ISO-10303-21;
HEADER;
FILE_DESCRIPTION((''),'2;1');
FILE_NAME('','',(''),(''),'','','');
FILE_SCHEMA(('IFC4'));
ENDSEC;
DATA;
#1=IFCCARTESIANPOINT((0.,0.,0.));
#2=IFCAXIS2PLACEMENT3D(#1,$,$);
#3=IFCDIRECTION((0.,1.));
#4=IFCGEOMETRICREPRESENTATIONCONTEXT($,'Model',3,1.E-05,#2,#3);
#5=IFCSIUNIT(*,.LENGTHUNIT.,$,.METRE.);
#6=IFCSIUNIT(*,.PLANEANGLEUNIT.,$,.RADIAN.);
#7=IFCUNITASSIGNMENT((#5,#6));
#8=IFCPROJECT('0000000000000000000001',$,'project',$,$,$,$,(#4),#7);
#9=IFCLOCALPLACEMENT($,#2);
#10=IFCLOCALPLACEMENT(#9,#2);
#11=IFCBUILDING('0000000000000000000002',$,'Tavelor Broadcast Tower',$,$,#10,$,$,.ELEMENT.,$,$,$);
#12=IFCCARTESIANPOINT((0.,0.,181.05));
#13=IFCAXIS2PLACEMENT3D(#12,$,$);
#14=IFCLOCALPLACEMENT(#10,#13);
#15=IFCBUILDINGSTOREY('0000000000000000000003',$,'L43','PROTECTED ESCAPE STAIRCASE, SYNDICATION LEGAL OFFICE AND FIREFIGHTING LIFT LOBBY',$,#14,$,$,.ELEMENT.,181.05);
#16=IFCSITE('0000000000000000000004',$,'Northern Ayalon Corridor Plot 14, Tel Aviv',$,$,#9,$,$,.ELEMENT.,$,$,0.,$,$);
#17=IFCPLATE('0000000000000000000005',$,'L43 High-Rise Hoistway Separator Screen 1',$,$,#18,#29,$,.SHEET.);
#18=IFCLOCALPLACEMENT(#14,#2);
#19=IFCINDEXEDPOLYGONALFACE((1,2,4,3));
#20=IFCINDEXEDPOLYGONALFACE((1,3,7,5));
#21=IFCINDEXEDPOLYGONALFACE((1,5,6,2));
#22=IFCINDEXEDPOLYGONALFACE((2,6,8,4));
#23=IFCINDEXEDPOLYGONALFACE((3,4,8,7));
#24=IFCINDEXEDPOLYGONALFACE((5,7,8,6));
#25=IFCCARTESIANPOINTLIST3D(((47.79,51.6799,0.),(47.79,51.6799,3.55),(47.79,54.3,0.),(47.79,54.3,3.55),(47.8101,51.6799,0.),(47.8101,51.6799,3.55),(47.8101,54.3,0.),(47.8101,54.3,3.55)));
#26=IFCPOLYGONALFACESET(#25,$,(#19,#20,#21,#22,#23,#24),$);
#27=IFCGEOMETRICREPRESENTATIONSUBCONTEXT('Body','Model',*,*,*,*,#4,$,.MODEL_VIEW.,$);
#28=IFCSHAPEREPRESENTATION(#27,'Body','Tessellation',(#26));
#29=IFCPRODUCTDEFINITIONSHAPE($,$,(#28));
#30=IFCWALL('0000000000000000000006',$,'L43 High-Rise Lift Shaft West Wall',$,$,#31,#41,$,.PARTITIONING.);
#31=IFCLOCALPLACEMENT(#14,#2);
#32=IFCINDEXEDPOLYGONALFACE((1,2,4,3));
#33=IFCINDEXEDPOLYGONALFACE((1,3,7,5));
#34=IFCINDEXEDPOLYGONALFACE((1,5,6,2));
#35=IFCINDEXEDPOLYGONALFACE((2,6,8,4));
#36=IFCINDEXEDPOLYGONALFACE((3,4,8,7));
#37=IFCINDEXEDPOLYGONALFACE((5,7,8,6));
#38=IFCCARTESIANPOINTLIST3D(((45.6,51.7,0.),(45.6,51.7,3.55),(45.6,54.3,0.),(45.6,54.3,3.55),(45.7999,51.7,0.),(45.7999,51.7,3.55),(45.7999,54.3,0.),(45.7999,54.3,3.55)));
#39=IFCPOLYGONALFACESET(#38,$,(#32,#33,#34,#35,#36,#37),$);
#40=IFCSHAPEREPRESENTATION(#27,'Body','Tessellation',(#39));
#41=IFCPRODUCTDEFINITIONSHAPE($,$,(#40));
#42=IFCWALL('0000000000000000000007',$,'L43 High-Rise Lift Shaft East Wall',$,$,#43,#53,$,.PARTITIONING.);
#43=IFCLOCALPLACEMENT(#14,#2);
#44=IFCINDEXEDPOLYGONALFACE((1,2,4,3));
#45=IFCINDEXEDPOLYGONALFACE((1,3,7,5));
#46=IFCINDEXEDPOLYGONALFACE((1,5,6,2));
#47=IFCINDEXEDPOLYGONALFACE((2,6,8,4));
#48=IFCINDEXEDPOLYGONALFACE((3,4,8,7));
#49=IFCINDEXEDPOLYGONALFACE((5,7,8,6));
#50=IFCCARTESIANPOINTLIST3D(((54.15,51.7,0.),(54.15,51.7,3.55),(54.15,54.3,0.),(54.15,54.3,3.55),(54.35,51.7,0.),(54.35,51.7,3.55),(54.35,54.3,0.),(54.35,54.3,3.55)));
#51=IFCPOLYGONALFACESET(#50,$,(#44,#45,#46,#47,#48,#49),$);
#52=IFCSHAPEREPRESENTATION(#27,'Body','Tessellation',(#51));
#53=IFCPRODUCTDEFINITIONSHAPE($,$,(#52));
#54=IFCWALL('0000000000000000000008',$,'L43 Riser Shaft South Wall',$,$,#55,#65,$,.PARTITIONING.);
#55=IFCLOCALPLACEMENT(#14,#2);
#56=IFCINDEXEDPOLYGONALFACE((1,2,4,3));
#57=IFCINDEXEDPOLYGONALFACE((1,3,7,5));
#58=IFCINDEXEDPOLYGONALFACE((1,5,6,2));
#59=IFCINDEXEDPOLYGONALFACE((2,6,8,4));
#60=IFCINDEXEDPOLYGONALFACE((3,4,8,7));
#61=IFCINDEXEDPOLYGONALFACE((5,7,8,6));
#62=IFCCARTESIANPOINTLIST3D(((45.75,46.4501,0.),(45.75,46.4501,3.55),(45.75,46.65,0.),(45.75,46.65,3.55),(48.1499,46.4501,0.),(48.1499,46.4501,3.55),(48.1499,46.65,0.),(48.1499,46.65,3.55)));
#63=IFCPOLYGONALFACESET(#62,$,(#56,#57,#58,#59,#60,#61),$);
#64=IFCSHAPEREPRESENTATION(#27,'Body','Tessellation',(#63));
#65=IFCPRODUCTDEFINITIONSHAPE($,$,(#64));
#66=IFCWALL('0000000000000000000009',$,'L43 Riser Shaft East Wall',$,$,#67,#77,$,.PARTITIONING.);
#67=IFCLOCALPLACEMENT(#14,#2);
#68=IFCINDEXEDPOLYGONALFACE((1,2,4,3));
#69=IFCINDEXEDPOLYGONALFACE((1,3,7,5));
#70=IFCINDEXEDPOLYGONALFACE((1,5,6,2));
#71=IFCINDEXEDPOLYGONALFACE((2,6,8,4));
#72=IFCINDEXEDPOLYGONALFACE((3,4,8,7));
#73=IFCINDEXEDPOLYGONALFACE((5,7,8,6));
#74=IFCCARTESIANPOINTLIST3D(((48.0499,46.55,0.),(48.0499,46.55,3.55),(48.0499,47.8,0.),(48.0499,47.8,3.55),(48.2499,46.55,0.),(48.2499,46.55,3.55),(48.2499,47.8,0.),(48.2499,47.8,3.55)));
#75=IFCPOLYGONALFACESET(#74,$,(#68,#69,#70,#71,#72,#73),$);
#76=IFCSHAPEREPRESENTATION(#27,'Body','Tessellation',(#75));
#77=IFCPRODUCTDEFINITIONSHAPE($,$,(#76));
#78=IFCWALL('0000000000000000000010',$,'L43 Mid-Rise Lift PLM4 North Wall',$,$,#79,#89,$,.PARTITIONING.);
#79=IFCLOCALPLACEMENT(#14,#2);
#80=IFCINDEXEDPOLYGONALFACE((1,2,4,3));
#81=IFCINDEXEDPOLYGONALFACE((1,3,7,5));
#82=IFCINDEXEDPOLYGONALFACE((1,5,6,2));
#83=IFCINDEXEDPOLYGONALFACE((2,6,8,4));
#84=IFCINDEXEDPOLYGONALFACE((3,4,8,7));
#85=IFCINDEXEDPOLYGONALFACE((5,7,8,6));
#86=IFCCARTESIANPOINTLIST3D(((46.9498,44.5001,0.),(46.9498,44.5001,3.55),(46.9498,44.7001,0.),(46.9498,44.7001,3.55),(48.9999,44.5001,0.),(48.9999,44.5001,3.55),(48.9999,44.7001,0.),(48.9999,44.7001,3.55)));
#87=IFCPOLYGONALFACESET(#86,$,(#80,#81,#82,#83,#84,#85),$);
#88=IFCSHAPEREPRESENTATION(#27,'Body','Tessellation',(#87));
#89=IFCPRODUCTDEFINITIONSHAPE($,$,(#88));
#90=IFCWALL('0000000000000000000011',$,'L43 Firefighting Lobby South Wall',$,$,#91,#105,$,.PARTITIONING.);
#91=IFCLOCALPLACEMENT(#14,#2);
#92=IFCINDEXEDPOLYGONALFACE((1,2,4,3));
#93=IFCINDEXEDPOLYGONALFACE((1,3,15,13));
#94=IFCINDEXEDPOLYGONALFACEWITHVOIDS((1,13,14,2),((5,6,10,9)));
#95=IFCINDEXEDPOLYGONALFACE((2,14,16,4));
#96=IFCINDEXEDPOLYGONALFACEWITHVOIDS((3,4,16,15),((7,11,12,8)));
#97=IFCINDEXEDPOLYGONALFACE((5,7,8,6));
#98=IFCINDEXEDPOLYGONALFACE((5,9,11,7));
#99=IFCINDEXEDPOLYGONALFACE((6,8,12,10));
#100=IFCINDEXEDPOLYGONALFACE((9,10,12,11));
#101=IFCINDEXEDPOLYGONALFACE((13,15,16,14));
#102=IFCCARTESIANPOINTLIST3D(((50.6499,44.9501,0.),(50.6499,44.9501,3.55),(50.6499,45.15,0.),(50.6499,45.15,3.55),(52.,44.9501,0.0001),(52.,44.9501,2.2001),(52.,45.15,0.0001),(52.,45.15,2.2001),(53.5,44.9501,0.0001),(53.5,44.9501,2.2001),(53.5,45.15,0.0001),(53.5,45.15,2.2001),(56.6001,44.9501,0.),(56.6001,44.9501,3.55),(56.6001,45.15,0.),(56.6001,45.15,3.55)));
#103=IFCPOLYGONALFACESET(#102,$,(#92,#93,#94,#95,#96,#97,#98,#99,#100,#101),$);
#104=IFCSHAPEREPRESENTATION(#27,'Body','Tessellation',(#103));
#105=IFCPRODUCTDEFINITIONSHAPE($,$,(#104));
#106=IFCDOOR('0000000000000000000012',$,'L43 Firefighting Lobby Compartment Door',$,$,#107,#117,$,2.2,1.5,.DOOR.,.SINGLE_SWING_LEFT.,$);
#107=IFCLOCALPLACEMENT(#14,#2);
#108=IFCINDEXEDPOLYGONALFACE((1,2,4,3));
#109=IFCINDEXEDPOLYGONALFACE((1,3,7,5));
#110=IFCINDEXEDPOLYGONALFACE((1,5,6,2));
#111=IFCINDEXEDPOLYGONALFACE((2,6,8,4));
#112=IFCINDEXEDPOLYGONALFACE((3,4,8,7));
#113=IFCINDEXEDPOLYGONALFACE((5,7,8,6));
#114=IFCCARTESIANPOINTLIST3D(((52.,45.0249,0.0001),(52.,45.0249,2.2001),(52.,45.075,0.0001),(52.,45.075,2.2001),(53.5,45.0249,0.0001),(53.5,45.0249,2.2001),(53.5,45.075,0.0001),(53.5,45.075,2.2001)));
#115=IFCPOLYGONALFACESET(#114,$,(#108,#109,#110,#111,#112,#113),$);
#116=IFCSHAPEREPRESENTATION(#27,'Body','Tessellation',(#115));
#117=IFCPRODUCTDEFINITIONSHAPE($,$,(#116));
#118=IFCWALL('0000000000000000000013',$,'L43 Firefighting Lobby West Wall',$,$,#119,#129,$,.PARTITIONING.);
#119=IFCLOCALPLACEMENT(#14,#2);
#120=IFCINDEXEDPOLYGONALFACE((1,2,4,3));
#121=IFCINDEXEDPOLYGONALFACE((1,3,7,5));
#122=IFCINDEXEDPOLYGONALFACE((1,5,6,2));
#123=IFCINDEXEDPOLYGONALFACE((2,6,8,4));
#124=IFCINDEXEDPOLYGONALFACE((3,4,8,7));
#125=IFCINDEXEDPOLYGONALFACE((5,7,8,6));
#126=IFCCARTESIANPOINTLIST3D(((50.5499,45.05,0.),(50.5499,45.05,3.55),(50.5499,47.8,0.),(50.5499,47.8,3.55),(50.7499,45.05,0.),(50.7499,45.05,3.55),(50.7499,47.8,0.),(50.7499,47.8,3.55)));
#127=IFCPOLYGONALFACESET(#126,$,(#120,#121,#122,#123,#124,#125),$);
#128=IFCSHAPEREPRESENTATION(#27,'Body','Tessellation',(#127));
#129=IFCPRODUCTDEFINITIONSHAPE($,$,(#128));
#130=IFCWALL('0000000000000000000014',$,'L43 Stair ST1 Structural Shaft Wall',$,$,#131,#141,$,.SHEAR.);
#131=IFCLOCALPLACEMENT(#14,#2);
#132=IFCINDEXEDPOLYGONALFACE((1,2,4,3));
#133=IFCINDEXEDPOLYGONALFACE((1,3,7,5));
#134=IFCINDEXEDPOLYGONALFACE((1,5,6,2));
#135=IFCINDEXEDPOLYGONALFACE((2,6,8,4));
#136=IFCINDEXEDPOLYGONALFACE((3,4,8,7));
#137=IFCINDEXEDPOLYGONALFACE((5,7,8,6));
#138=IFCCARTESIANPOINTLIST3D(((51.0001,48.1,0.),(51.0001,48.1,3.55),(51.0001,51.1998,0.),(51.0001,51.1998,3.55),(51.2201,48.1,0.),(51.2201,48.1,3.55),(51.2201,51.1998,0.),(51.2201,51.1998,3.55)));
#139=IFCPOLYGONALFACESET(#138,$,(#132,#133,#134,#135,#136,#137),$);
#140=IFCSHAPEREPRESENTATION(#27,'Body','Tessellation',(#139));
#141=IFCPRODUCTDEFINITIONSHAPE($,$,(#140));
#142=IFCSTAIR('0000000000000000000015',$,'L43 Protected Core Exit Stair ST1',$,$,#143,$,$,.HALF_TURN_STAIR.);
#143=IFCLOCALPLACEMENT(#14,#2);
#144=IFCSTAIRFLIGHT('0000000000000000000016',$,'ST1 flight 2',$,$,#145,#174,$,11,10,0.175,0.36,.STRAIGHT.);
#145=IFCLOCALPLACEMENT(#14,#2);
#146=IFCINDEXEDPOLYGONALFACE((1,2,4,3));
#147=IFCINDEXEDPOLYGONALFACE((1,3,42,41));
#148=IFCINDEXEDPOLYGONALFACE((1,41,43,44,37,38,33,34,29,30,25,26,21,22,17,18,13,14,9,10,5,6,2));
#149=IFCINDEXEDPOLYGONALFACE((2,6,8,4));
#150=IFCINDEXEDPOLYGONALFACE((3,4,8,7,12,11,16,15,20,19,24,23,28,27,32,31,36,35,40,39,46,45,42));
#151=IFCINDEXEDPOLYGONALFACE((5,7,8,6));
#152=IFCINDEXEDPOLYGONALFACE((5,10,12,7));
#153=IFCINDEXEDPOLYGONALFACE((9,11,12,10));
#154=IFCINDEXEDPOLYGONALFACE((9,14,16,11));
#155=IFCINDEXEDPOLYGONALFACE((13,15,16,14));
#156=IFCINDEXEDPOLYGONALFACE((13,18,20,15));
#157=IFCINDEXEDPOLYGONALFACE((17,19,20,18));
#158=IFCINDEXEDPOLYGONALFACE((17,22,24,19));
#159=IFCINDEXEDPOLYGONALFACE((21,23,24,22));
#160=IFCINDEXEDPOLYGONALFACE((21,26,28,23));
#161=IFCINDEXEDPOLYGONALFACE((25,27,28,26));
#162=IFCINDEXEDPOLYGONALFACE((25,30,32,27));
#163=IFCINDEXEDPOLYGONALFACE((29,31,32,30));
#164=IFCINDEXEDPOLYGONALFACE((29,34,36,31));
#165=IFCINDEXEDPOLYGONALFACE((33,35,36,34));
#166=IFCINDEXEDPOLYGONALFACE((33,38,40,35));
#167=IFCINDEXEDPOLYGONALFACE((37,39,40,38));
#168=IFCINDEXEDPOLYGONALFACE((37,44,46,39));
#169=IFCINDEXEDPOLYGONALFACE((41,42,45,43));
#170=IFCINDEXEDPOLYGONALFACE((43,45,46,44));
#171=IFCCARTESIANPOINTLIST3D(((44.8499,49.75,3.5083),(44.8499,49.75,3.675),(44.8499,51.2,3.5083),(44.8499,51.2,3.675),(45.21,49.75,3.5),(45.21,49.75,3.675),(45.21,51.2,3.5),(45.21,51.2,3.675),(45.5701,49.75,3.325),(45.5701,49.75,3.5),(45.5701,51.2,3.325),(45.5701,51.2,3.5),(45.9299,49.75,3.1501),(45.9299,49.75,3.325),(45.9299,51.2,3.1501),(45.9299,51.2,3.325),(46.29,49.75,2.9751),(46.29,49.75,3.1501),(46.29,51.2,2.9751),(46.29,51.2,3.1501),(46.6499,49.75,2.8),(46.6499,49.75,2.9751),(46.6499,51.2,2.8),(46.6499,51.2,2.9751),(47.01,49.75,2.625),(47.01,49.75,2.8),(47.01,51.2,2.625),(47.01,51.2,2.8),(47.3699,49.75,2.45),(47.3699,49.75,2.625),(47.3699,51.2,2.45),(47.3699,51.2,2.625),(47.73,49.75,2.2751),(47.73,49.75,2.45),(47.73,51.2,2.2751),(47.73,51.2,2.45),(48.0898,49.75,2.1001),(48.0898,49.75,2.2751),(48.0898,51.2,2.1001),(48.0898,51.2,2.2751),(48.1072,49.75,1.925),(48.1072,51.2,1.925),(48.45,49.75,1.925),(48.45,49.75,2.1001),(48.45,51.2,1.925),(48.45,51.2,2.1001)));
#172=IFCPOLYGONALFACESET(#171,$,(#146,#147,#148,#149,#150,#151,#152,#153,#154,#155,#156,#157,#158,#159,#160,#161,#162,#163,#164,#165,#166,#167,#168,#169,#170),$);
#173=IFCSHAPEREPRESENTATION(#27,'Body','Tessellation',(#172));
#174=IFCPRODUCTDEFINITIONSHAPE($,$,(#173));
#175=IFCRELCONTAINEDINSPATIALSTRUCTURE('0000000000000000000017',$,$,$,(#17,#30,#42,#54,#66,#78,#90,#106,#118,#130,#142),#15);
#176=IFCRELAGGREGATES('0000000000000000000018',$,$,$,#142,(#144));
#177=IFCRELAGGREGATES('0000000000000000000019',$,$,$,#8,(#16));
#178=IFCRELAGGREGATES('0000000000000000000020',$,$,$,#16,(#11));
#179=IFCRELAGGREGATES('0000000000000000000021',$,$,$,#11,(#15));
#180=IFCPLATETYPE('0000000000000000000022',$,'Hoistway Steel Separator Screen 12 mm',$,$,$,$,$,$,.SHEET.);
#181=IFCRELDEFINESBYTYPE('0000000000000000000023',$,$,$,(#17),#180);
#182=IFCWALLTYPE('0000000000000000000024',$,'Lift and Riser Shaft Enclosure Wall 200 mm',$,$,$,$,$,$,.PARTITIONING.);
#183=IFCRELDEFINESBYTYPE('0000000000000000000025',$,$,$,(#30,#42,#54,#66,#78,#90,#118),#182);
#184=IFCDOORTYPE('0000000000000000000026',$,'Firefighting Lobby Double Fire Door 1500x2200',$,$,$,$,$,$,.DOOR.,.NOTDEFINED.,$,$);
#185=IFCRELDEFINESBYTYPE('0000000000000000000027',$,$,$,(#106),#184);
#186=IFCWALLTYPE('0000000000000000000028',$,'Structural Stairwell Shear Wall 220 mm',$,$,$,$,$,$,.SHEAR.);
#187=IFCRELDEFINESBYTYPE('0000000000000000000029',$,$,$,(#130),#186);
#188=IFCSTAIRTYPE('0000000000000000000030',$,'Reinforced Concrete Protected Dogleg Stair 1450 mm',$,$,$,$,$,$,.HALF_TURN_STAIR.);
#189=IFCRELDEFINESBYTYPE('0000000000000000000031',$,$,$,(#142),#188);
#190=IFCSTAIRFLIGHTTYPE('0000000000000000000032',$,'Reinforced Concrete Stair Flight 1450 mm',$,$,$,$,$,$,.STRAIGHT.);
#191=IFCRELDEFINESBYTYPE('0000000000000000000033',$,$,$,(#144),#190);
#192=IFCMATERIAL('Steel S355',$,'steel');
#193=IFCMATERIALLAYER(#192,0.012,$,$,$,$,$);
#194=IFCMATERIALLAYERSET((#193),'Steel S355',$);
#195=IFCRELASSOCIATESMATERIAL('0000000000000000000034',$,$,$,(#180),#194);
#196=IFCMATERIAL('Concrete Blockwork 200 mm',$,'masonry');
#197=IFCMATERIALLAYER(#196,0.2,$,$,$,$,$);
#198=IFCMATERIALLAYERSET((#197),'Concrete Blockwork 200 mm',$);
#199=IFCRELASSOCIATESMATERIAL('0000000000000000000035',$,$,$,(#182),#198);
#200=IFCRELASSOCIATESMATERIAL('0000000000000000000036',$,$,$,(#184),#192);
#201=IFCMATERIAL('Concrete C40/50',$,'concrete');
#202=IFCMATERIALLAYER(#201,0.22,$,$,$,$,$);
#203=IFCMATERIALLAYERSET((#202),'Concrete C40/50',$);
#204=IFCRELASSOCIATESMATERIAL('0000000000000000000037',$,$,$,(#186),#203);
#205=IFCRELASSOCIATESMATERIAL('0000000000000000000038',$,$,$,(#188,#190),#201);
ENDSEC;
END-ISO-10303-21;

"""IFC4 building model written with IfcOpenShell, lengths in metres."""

from ifc_helpers import new_model, si_unit, direction, frame, frame_2d, origin, origin_2d, place, context, subcontext, project, spatial, polyline, rectangle, outline, extrude, source, transform, mapped, material, layer, layer_set, type_object, type_shapes, element, fill, aggregate, save


model = new_model("IFC4")

# Units and contexts
model_context = context("Model", 3, precision=1e-05, world=origin(), true_north=direction((0.0, 1.0)))
body_context = subcontext(model_context, "Body", "Model", "MODEL_VIEW")
ifc_project = project(units=[si_unit("LENGTHUNIT", "METRE"), si_unit("PLANEANGLEUNIT", "RADIAN")], contexts=[model_context])

# Site, building, storey
site_placement = place(None, origin())
site = spatial("IfcSite", under=ifc_project, at=site_placement, Name="Northern Ayalon Corridor Plot 14, Tel Aviv", CompositionType="ELEMENT", RefElevation=0.0)
building_placement = place(site_placement, origin())
building = spatial("IfcBuilding", under=site, at=building_placement, Name="Tavelor Broadcast Tower", CompositionType="ELEMENT")
storey_placement = place(building_placement, frame((0.0, 0.0, 181.05)))
storey = spatial("IfcBuildingStorey", under=building, at=storey_placement, Name="L43", Description="PROTECTED ESCAPE STAIRCASE, SYNDICATION LEGAL OFFICE AND FIREFIGHTING LIFT LOBBY", CompositionType="ELEMENT", Elevation=181.05)

# Shared definitions
ifc_material_1 = material(Name="Concrete C40/50", Category="concrete")
ifc_material_2 = material(Name="Steel S355", Category="steel")

# Plate
ifc_layer_1 = layer(ifc_material_2, 0.012)
ifc_layer_set_1 = layer_set([ifc_layer_1], Name="Steel S355")
plate_type = type_object("IfcPlateType", Name="Hoistway Steel Separator Screen 12 mm", PredefinedType="SHEET", material=ifc_layer_set_1)
shared_shape = source(origin(), body_context, "Body", "SweptSolid", [
    extrude(rectangle(XDim=0.02, YDim=2.6201, at=origin_2d()), origin(), (0.0, 0.0, 1.0), 3.55),
])
type_shapes(plate_type, [shared_shape])
plate_placement = place(storey_placement, frame((47.8, 52.99, 0.0), z_axis=(0.0, 0.0, 1.0), x_axis=(1.0, 0.0, 0.0)))
element("IfcPlate", 1, at=plate_placement, inside=storey, type_object=plate_type, Name="L43 High-Rise Hoistway Separator Screen 1", PredefinedType="SHEET", context=body_context, shape_type="MappedRepresentation", body=[
    mapped(shared_shape, transform((0.0, 0.0, 0.0), scale=1.0)),
])

# Walls
ifc_material_3 = material(Name="Concrete Blockwork 200 mm", Category="masonry")
ifc_layer_2 = layer(ifc_material_3, 0.2)
ifc_layer_set_2 = layer_set([ifc_layer_2], Name="Concrete Blockwork 200 mm")
wall_type_1 = type_object("IfcWallType", Name="Lift and Riser Shaft Enclosure Wall 200 mm", PredefinedType="PARTITIONING", material=ifc_layer_set_2)
for number, where, z_axis, x_axis, name in (
    (2, (45.7, 51.7, 0.0), (0.0, 0.0, 1.0), (0.0, 1.0, 0.0), "L43 High-Rise Lift Shaft West Wall"),
    (3, (54.25, 51.7, 0.0), (0.0, 0.0, 1.0), (0.0, 1.0, 0.0), "L43 High-Rise Lift Shaft East Wall"),
):
    element("IfcWall", number, at=place(storey_placement, frame(where, z_axis=z_axis, x_axis=x_axis)), inside=storey, type_object=wall_type_1, Name=name, PredefinedType="PARTITIONING", context=body_context, shape_type="SweptSolid", body=[
        extrude(rectangle(XDim=2.6001, YDim=0.2, at=frame_2d((1.3, 0.0))), origin(), (0.0, 0.0, 1.0), 3.55),
    ])
wall_1_placement = place(storey_placement, frame((45.75, 46.55, 0.0), z_axis=(0.0, 0.0, 1.0), x_axis=(1.0, 0.0, 0.0)))
element("IfcWall", 4, at=wall_1_placement, inside=storey, type_object=wall_type_1, Name="L43 Riser Shaft South Wall", PredefinedType="PARTITIONING", context=body_context, shape_type="SweptSolid", body=[
    extrude(rectangle(XDim=2.3999, YDim=0.2, at=frame_2d((1.2, 0.0))), origin(), (0.0, 0.0, 1.0), 3.55),
])
wall_2_placement = place(storey_placement, frame((48.1499, 46.55, 0.0), z_axis=(0.0, 0.0, 1.0), x_axis=(0.0, 1.0, 0.0)))
element("IfcWall", 5, at=wall_2_placement, inside=storey, type_object=wall_type_1, Name="L43 Riser Shaft East Wall", PredefinedType="PARTITIONING", context=body_context, shape_type="SweptSolid", body=[
    extrude(rectangle(XDim=1.25, YDim=0.2, at=frame_2d((0.625, 0.0))), origin(), (0.0, 0.0, 1.0), 3.55),
])
wall_3_placement = place(storey_placement, frame((46.95, 44.6001, 0.0), z_axis=(0.0, 0.0, 1.0), x_axis=(1.0, 0.0, 0.0)))
element("IfcWall", 6, at=wall_3_placement, inside=storey, type_object=wall_type_1, Name="L43 Mid-Rise Lift PLM4 North Wall", PredefinedType="PARTITIONING", context=body_context, shape_type="SweptSolid", body=[
    extrude(rectangle(XDim=2.05, YDim=0.2, at=frame_2d((1.0249, 0.0))), origin(), (0.0, 0.0, 1.0), 3.55),
])

# Wall, opening, door
wall_4_placement = place(storey_placement, frame((50.6499, 45.05, 0.0), z_axis=(0.0, 0.0, 1.0), x_axis=(1.0, 0.0, 0.0)))
wall_4 = element("IfcWall", 7, at=wall_4_placement, inside=storey, type_object=wall_type_1, Name="L43 Firefighting Lobby South Wall", PredefinedType="PARTITIONING", context=body_context, shape_type="SweptSolid", body=[
    extrude(rectangle(XDim=5.9502, YDim=0.2, at=frame_2d((2.9751, 0.0))), origin(), (0.0, 0.0, 1.0), 3.55),
])
opening_placement = place(wall_4_placement, frame((1.3501, 0.0, 0.0)))
opening = element("IfcOpeningElement", 8, at=opening_placement, cuts=wall_4, PredefinedType="OPENING", context=body_context, shape_type="SweptSolid", body=[
    extrude(rectangle(XDim=1.5, YDim=2.2, at=frame_2d((0.75, 1.1001))), frame((0.0, 0.1099, 0.0), z_axis=(0.0, -1.0, 0.0), x_axis=(1.0, 0.0, 0.0)), (0.0, 0.0, 1.0), 0.22),
])
door_type = type_object("IfcDoorType", Name="Firefighting Lobby Double Fire Door 1500x2200", OperationType="NOTDEFINED", PredefinedType="DOOR", material=ifc_material_2)
door_placement = place(opening_placement, origin())
door = element("IfcDoor", 9, at=door_placement, inside=storey, type_object=door_type, Name="L43 Firefighting Lobby Compartment Door", OperationType="SINGLE_SWING_LEFT", OverallHeight=2.2, OverallWidth=1.5, PredefinedType="DOOR", context=body_context, shape_type="SweptSolid", body=[
    extrude(rectangle(XDim=1.5, YDim=2.2, at=frame_2d((0.75, 1.1001))), frame((0.0, 0.0249, 0.0), z_axis=(0.0, -1.0, 0.0), x_axis=(1.0, 0.0, 0.0)), (0.0, 0.0, 1.0), 0.05),
])
fill(opening, door)

# Walls
wall_5_placement = place(storey_placement, frame((50.6499, 45.05, 0.0), z_axis=(0.0, 0.0, 1.0), x_axis=(0.0, 1.0, 0.0)))
element("IfcWall", 10, at=wall_5_placement, inside=storey, type_object=wall_type_1, Name="L43 Firefighting Lobby West Wall", PredefinedType="PARTITIONING", context=body_context, shape_type="SweptSolid", body=[
    extrude(rectangle(XDim=2.75, YDim=0.2, at=frame_2d((1.375, 0.0))), origin(), (0.0, 0.0, 1.0), 3.55),
])
ifc_layer_3 = layer(ifc_material_1, 0.22)
ifc_layer_set_3 = layer_set([ifc_layer_3], Name="Concrete C40/50")
wall_type_2 = type_object("IfcWallType", Name="Structural Stairwell Shear Wall 220 mm", PredefinedType="SHEAR", material=ifc_layer_set_3)
wall_6_placement = place(storey_placement, frame((51.1101, 48.1001, 0.0), z_axis=(0.0, 0.0, 1.0), x_axis=(0.0, 1.0, 0.0)))
element("IfcWall", 11, at=wall_6_placement, inside=storey, type_object=wall_type_2, Name="L43 Stair ST1 Structural Shaft Wall", PredefinedType="SHEAR", context=body_context, shape_type="SweptSolid", body=[
    extrude(rectangle(XDim=3.0999, YDim=0.22, at=frame_2d((1.5498, 0.0))), origin(), (0.0, 0.0, 1.0), 3.55),
])

# Stair, stair flight
stair_type = type_object("IfcStairType", Name="Reinforced Concrete Protected Dogleg Stair 1450 mm", PredefinedType="HALF_TURN_STAIR", material=ifc_material_1)
stair_placement = place(storey_placement, origin())
stair = element("IfcStair", 12, at=stair_placement, inside=storey, type_object=stair_type, Name="L43 Protected Core Exit Stair ST1", PredefinedType="HALF_TURN_STAIR")
stair_flight_type = type_object("IfcStairFlightType", Name="Reinforced Concrete Stair Flight 1450 mm", PredefinedType="STRAIGHT", material=ifc_material_1)
stair_flight_placement = place(storey_placement, frame((48.45, 50.4751, 1.925), z_axis=(0.0, 0.0, 1.0), x_axis=(-1.0, 0.0, 0.0)))
stair_flight = element("IfcStairFlight", 13, at=stair_flight_placement, type_object=stair_flight_type, Name="ST1 flight 2", NumberOfRisers=11, NumberOfTreads=10, PredefinedType="STRAIGHT", RiserHeight=0.175, TreadLength=0.36, context=body_context, shape_type="SweptSolid", body=[
    extrude(outline(polyline([(0.0, 0.0), (0.0, 0.175), (0.3601, 0.175), (0.3601, 0.3501), (0.72, 0.3501), (0.72, 0.5249), (1.0801, 0.5249), (1.0801, 0.7), (1.4399, 0.7), (1.4399, 0.875), (1.8, 0.875), (1.8, 1.05), (2.1599, 1.05), (2.1599, 1.2251), (2.52, 1.2251), (2.52, 1.3999), (2.8799, 1.3999), (2.8799, 1.575), (3.24, 1.575), (3.24, 1.75), (3.6001, 1.75), (3.6001, 1.925), (3.6001, 1.5833), (0.3428, 0.0), (0.0, 0.0)])), frame((0.0, 0.7251, 0.0), z_axis=(0.0, -1.0, 0.0), x_axis=(1.0, 0.0, 0.0)), (0.0, 0.0, 1.0), 1.45),
])
aggregate(stair, [stair_flight])

save(model, "model.ifc")
